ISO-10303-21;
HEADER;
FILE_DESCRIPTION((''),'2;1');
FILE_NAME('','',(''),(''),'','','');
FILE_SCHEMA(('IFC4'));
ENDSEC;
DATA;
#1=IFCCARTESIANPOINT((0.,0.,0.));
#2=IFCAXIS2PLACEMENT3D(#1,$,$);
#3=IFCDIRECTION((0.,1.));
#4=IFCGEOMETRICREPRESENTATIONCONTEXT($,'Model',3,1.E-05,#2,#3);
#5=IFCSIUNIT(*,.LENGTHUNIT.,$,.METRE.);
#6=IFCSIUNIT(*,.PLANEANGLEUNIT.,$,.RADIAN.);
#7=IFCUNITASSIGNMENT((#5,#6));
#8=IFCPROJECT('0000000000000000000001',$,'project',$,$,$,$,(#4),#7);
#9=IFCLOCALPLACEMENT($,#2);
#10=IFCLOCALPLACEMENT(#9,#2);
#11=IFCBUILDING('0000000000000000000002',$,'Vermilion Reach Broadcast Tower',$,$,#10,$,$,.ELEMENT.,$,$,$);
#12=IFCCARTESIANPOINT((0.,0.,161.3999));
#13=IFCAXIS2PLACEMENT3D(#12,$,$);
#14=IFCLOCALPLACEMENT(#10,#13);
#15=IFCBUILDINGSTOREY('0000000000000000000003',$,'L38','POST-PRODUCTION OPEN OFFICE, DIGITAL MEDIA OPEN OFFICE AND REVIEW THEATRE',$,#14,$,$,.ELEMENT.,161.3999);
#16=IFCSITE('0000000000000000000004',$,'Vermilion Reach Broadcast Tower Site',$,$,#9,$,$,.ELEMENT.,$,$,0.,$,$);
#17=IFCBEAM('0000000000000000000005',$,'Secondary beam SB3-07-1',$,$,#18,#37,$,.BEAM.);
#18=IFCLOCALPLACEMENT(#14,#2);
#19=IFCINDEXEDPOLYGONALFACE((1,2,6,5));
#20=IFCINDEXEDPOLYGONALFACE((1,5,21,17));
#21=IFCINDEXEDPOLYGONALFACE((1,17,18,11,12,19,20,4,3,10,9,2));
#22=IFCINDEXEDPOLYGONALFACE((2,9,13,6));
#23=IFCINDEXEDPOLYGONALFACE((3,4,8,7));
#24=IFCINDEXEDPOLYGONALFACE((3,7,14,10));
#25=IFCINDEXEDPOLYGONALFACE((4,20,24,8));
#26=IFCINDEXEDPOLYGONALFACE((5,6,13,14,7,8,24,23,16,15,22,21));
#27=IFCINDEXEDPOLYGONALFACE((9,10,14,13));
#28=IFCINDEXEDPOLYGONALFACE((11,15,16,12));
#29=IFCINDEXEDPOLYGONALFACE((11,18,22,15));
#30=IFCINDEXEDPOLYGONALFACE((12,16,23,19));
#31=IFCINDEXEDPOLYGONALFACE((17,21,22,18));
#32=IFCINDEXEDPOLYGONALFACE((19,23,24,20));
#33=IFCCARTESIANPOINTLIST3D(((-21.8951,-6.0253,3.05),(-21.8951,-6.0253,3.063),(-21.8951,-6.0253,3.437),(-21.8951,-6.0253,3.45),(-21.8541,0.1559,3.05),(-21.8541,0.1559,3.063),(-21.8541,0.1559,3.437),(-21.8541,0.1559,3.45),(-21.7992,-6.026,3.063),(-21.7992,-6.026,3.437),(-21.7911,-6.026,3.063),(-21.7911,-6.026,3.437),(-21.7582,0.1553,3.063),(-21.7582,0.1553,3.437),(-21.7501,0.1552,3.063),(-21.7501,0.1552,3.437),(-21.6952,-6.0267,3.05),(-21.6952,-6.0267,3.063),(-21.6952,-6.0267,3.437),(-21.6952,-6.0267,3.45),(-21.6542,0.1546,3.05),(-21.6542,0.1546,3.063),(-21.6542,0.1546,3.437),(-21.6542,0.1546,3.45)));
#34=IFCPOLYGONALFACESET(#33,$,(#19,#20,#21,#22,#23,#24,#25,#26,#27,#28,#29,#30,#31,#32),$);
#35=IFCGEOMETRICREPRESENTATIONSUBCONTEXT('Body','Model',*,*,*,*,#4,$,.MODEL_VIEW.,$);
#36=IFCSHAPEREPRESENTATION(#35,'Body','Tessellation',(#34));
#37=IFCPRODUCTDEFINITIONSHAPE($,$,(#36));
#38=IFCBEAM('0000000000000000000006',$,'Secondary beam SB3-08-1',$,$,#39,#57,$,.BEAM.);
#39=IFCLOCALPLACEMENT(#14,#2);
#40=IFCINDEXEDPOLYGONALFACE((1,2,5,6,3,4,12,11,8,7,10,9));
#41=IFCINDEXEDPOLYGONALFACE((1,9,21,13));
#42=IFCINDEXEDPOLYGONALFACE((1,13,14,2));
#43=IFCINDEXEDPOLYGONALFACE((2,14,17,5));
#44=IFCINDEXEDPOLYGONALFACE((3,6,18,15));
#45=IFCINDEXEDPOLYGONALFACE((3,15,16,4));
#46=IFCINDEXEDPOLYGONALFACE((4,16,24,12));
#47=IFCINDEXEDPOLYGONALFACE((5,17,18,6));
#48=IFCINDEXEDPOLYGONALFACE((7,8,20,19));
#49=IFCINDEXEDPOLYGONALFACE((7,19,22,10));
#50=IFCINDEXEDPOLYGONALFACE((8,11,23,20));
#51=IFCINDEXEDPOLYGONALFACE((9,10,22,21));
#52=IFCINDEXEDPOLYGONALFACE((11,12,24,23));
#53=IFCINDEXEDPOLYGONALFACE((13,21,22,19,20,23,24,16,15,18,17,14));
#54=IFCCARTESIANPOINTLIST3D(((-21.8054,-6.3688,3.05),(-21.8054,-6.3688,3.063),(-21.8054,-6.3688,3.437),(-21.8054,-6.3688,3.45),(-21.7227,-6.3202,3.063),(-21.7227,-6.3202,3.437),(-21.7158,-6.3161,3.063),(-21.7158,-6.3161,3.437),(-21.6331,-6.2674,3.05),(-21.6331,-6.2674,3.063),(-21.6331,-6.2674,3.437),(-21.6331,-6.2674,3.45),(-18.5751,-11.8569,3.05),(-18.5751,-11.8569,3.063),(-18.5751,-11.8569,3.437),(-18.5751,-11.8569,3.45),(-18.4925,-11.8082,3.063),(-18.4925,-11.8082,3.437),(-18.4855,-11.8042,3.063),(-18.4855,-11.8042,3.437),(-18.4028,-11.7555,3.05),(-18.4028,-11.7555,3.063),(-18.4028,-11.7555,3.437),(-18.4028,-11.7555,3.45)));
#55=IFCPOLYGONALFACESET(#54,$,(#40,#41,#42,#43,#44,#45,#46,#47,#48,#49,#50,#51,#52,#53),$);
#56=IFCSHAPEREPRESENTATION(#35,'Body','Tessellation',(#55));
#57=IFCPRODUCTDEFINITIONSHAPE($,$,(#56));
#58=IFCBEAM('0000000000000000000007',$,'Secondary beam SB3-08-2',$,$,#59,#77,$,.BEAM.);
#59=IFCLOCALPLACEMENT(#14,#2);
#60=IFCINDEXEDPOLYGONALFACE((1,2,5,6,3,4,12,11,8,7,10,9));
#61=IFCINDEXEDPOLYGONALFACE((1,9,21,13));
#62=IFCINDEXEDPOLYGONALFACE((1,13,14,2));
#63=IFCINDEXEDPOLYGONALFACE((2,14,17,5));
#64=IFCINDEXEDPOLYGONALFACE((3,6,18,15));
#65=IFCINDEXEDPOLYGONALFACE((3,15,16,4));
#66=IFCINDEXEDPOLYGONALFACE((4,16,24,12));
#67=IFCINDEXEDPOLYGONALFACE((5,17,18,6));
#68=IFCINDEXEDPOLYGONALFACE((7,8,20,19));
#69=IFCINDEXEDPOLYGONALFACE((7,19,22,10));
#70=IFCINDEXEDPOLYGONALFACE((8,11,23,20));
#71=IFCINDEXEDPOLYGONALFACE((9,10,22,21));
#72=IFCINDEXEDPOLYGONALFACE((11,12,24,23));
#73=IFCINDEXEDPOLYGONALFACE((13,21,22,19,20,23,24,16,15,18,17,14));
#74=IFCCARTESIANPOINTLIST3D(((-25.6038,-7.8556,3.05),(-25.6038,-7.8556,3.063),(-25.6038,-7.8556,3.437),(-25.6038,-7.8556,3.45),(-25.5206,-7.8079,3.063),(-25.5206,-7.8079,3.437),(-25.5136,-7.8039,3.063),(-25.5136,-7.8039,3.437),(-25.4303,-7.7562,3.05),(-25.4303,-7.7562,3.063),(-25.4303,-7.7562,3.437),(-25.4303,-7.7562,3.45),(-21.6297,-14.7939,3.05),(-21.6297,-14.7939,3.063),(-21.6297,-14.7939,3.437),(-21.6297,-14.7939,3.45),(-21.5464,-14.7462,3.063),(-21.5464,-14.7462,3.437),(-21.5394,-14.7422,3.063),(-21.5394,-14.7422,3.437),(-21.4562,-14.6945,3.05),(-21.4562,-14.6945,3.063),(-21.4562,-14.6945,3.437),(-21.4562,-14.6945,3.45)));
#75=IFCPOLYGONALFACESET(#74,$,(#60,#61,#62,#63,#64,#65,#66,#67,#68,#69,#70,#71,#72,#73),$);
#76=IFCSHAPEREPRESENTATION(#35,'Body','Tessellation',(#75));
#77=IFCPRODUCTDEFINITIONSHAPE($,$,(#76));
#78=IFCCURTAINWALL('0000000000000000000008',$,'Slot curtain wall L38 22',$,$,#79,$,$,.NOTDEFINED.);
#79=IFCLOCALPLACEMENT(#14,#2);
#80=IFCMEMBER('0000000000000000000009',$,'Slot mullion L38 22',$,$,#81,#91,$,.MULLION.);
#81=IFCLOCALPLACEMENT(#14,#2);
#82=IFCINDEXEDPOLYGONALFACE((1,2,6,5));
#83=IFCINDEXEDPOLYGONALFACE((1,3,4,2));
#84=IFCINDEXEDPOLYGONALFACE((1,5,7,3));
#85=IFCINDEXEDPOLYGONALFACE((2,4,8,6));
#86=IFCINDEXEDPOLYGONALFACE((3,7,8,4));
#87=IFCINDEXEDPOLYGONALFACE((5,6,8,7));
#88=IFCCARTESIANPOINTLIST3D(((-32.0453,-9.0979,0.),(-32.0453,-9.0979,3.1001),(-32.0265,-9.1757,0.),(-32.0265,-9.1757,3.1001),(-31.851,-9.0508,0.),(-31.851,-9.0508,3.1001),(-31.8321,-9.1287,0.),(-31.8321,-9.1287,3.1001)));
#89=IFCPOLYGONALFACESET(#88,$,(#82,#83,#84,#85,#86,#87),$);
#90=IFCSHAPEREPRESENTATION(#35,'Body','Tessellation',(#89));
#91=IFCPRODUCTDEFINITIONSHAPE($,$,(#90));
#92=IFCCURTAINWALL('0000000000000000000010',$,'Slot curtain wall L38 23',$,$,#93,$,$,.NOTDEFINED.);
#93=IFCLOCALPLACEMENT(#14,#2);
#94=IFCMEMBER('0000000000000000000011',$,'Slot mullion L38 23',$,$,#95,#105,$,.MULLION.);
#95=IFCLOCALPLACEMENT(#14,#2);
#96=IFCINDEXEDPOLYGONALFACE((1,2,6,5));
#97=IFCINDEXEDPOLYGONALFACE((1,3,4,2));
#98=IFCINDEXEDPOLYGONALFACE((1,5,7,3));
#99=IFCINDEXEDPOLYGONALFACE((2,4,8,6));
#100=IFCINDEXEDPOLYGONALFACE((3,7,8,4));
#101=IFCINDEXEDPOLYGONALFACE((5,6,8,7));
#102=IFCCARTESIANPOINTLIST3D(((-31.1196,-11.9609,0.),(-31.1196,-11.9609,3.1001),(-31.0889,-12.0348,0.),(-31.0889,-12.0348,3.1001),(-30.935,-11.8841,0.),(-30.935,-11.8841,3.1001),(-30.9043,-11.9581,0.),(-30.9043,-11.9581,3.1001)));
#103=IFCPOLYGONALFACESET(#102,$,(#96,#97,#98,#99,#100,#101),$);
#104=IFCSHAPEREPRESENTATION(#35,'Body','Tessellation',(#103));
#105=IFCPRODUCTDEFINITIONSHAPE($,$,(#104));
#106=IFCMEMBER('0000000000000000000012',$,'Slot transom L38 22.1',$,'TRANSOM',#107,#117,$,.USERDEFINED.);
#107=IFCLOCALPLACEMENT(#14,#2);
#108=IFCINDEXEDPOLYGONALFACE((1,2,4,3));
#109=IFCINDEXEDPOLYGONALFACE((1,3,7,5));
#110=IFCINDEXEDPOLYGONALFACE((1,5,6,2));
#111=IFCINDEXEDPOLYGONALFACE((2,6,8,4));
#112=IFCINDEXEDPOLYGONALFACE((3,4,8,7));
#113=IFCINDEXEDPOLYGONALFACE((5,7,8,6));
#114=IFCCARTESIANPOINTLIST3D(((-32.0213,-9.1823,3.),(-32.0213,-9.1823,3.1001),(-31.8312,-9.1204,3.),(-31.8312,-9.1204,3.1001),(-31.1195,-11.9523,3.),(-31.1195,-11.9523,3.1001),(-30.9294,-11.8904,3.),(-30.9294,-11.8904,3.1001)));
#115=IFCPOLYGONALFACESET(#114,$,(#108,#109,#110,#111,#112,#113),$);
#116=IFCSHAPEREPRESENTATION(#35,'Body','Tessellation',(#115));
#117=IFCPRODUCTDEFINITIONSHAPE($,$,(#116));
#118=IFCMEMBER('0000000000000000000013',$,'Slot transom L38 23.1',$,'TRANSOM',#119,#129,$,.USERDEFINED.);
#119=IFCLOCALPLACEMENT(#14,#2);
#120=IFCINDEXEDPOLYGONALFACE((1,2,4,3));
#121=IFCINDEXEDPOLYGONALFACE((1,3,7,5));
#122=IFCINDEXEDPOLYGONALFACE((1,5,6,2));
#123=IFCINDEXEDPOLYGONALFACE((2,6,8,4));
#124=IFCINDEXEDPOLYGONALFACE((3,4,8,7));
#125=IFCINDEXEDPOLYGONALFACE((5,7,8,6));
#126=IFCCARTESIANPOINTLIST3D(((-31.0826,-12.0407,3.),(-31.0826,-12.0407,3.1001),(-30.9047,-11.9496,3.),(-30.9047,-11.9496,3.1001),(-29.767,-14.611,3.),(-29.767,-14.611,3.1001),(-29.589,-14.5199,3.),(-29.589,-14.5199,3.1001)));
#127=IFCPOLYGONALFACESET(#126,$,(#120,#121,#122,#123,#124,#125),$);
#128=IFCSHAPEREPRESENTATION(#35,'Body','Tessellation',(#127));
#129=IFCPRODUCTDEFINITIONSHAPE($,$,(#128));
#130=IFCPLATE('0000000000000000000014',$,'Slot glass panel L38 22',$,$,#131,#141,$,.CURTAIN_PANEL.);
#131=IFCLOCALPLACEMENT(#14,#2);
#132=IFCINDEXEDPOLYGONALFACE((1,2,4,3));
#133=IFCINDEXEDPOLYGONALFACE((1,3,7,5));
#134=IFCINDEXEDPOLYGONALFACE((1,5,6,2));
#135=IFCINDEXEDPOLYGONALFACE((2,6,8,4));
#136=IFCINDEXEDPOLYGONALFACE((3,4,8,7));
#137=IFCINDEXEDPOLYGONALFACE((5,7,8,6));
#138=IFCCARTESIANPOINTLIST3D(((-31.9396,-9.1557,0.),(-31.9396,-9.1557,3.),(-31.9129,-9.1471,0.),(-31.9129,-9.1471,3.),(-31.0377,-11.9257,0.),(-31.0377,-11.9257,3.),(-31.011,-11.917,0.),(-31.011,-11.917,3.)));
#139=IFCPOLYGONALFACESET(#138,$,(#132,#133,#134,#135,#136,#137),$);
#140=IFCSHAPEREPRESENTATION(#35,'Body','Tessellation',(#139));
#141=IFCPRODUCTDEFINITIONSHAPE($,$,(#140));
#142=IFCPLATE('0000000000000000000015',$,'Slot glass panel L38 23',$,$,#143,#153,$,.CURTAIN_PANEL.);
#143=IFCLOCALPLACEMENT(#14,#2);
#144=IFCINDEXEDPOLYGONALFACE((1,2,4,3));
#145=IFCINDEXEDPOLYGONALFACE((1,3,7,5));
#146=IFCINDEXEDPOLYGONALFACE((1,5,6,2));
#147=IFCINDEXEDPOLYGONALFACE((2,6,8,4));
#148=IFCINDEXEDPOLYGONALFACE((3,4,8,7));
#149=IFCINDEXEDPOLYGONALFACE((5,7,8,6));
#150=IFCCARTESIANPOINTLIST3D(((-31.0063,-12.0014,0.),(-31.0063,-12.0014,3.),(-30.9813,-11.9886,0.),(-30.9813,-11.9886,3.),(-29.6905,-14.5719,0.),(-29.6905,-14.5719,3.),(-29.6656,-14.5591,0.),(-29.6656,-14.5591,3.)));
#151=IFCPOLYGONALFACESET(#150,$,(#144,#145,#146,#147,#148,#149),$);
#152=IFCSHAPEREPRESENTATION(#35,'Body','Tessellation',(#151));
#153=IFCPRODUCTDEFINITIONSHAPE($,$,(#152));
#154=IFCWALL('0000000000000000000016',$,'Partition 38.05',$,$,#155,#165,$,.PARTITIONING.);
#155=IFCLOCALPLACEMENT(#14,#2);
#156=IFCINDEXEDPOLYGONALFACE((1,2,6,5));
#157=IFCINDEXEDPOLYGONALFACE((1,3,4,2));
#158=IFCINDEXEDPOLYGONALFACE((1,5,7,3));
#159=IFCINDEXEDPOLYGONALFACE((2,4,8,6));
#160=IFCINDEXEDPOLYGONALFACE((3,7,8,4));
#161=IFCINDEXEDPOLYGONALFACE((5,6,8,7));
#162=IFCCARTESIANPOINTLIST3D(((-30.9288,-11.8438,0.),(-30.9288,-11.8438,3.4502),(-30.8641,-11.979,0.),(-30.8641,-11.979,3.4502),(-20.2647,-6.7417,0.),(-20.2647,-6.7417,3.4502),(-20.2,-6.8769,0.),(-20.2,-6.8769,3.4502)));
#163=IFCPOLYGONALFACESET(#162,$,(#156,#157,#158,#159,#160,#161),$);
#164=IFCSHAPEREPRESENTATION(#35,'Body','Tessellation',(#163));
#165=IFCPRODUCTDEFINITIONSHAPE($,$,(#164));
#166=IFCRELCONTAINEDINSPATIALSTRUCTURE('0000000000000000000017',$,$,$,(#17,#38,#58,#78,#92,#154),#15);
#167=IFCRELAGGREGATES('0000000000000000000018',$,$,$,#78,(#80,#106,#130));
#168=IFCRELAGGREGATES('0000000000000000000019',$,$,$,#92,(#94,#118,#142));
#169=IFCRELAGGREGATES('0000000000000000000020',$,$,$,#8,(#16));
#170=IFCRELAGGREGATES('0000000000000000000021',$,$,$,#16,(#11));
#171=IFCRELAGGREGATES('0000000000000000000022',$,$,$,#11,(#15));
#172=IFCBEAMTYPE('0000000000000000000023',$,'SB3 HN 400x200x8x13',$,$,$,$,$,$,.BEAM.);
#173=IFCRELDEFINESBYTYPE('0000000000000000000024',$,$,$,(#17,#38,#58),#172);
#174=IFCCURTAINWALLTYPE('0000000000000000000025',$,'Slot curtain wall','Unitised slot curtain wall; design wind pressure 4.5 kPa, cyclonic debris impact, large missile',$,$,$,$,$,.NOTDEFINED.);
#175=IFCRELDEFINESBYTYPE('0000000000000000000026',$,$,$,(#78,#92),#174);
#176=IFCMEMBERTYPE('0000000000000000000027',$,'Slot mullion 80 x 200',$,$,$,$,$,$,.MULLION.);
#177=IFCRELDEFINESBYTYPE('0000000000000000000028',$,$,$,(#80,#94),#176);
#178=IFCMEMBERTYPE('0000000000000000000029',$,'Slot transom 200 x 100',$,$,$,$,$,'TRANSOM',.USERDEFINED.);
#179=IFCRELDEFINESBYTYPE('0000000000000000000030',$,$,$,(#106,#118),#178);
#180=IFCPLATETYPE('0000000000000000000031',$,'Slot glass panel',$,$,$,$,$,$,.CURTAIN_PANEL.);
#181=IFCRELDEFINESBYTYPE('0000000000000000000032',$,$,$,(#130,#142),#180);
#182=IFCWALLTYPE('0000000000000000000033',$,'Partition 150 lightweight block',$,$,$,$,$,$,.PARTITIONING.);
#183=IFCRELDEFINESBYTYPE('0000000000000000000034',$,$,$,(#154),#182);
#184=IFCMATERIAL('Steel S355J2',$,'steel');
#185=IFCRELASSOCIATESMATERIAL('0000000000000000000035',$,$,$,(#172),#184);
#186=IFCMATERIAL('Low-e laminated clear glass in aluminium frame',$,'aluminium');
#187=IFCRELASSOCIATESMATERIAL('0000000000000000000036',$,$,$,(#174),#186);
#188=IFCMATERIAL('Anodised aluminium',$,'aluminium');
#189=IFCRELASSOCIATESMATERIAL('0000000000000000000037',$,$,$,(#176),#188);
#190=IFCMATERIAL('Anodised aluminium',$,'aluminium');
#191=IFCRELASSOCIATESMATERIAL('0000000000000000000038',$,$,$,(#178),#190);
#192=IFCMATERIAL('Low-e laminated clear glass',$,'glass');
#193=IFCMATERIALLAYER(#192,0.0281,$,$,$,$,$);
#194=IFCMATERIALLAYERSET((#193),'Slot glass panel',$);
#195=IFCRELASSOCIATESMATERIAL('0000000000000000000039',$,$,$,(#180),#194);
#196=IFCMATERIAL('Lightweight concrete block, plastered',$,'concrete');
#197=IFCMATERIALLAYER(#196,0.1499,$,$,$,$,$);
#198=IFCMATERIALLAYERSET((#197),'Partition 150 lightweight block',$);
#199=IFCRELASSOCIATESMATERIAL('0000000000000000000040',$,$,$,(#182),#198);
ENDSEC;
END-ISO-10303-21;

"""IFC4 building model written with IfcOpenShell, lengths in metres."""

from ifc_helpers import new_model, si_unit, direction, frame, frame_2d, origin, origin_2d, place, context, subcontext, project, spatial, rectangle, i_section, extrude, material, layer, layer_set, material_profile, profile_set, type_object, element, aggregate, save


model = new_model("IFC4")

# Units and contexts
model_context = context("Model", 3, precision=1e-05, world=origin(), true_north=direction((0.0, 1.0)))
body_context = subcontext(model_context, "Body", "Model", "MODEL_VIEW")
ifc_project = project(units=[si_unit("LENGTHUNIT", "METRE"), si_unit("PLANEANGLEUNIT", "RADIAN")], contexts=[model_context])

# Site, building, storey
site_placement = place(None, origin())
site = spatial("IfcSite", under=ifc_project, at=site_placement, Name="Vermilion Reach Broadcast Tower Site", CompositionType="ELEMENT", RefElevation=0.0)
building_placement = place(site_placement, origin())
building = spatial("IfcBuilding", under=site, at=building_placement, Name="Vermilion Reach Broadcast Tower", CompositionType="ELEMENT")
storey_placement = place(building_placement, frame((0.0, 0.0, 161.3999)))
storey = spatial("IfcBuildingStorey", under=building, at=storey_placement, Name="L38", Description="POST-PRODUCTION OPEN OFFICE, DIGITAL MEDIA OPEN OFFICE AND REVIEW THEATRE", CompositionType="ELEMENT", Elevation=161.3999)

# Beams
ifc_material_1 = material(Name="Steel S355J2", Category="steel")
ifc_material_profile_1 = material_profile(ifc_material_1, i_section(OverallWidth=0.2, OverallDepth=0.3999, WebThickness=0.0081, FlangeThickness=0.0129, at=origin_2d()), Name="S355J2 HN 400x200x8x13")
ifc_profile_set_1 = profile_set([ifc_material_profile_1], Name="Steel S355J2")
beam_type_1 = type_object("IfcBeamType", Name="SB3 HN 400x200x8x13", PredefinedType="BEAM", material=ifc_profile_set_1)
beam_1_placement = place(storey_placement, frame((-21.7542, 0.1553, 3.25), z_axis=(-0.006635, -0.999978, 0.0), x_axis=(0.999978, -0.006635, 0.0)))
element("IfcBeam", 1, at=beam_1_placement, inside=storey, type_object=beam_type_1, Name="Secondary beam SB3-07-1", PredefinedType="BEAM", context=body_context, shape_type="SweptSolid", body=[
    extrude(i_section(OverallWidth=0.2, OverallDepth=0.3999, WebThickness=0.0081, FlangeThickness=0.0129, at=origin_2d()), origin(), (0.0, 0.0, 1.0), 6.1814),
])
beam_2_placement = place(storey_placement, frame((-21.7192, -6.3181, 3.25), z_axis=(0.50725, -0.861799, 0.0), x_axis=(0.861799, 0.50725, 0.0)))
element("IfcBeam", 2, at=beam_2_placement, inside=storey, type_object=beam_type_1, Name="Secondary beam SB3-08-1", PredefinedType="BEAM", context=body_context, shape_type="SweptSolid", body=[
    extrude(i_section(OverallWidth=0.2, OverallDepth=0.3999, WebThickness=0.0081, FlangeThickness=0.0129, at=origin_2d()), origin(), (0.0, 0.0, 1.0), 6.3682),
])
beam_3_placement = place(storey_placement, frame((-25.5171, -7.8059, 3.25), z_axis=(0.497027, -0.867735, 0.0), x_axis=(0.867735, 0.497027, 0.0)))
element("IfcBeam", 3, at=beam_3_placement, inside=storey, type_object=beam_type_1, Name="Secondary beam SB3-08-2", PredefinedType="BEAM", context=body_context, shape_type="SweptSolid", body=[
    extrude(i_section(OverallWidth=0.2, OverallDepth=0.3999, WebThickness=0.0081, FlangeThickness=0.0129, at=origin_2d()), origin(), (0.0, 0.0, 1.0), 7.9958),
])

# Curtain walls, members
ifc_material_2 = material(Name="Low-e laminated clear glass in aluminium frame", Category="aluminium")
curtain_wall_type = type_object("IfcCurtainWallType", Name="Slot curtain wall", Description="Unitised slot curtain wall; design wind pressure 4.5 kPa, cyclonic debris impact, large missile", PredefinedType="NOTDEFINED", material=ifc_material_2)
placement = place(storey_placement, origin())
curtain_wall_1 = element("IfcCurtainWall", 4, at=placement, inside=storey, type_object=curtain_wall_type, Name="Slot curtain wall L38 22", PredefinedType="NOTDEFINED")
ifc_material_3 = material(Name="Anodised aluminium", Category="aluminium")
ifc_material_profile_2 = material_profile(ifc_material_3, rectangle(XDim=0.2, YDim=0.0801, at=origin_2d()), Name="Slot mullion 80 x 200")
ifc_profile_set_2 = profile_set([ifc_material_profile_2], Name="Anodised aluminium")
member_type_1 = type_object("IfcMemberType", Name="Slot mullion 80 x 200", PredefinedType="MULLION", material=ifc_profile_set_2)
member_1_placement = place(storey_placement, frame((-31.9387, -9.1133, 0.0), z_axis=(0.0, 0.0, 1.0), x_axis=(0.971934, 0.235253, 0.0)))
member_1 = element("IfcMember", 5, at=member_1_placement, type_object=member_type_1, Name="Slot mullion L38 22", PredefinedType="MULLION", context=body_context, shape_type="SweptSolid", body=[
    extrude(rectangle(XDim=0.2, YDim=0.0801, at=origin_2d()), origin(), (0.0, 0.0, 1.0), 3.1001),
])
curtain_wall_2 = element("IfcCurtainWall", 6, at=placement, inside=storey, type_object=curtain_wall_type, Name="Slot curtain wall L38 23", PredefinedType="NOTDEFINED")
member_2_placement = place(storey_placement, frame((-31.012, -11.9595, 0.0), z_axis=(0.0, 0.0, 1.0), x_axis=(0.923404, 0.38383, 0.0)))
member_2 = element("IfcMember", 7, at=member_2_placement, type_object=member_type_1, Name="Slot mullion L38 23", PredefinedType="MULLION", context=body_context, shape_type="SweptSolid", body=[
    extrude(rectangle(XDim=0.2, YDim=0.0801, at=origin_2d()), origin(), (0.0, 0.0, 1.0), 3.1001),
])

# Members
ifc_material_4 = material(Name="Anodised aluminium", Category="aluminium")
ifc_material_profile_3 = material_profile(ifc_material_4, rectangle(XDim=0.2, YDim=0.1001, at=origin_2d()), Name="Slot transom 200 x 100")
ifc_profile_set_3 = profile_set([ifc_material_profile_3], Name="Anodised aluminium")
member_type_2 = type_object("IfcMemberType", Name="Slot transom 200 x 100", ElementType="TRANSOM", PredefinedType="USERDEFINED", material=ifc_profile_set_3)
member_3_placement = place(storey_placement, frame((-31.9263, -9.1514, 3.05), z_axis=(0.309583, -0.950873, 0.0), x_axis=(0.950873, 0.309583, 0.0)))
member_3 = element("IfcMember", 8, at=member_3_placement, type_object=member_type_2, Name="Slot transom L38 22.1", ObjectType="TRANSOM", PredefinedType="USERDEFINED", context=body_context, shape_type="SweptSolid", body=[
    extrude(rectangle(XDim=0.2, YDim=0.1001, at=origin_2d()), origin(), (0.0, 0.0, 1.0), 2.9131),
])
member_4_placement = place(storey_placement, frame((-30.9937, -11.9951, 3.05), z_axis=(0.455649, -0.89016, 0.0), x_axis=(0.89016, 0.455649, 0.0)))
member_4 = element("IfcMember", 9, at=member_4_placement, type_object=member_type_2, Name="Slot transom L38 23.1", ObjectType="TRANSOM", PredefinedType="USERDEFINED", context=body_context, shape_type="SweptSolid", body=[
    extrude(rectangle(XDim=0.2, YDim=0.1001, at=origin_2d()), origin(), (0.0, 0.0, 1.0), 2.8875),
])

# Plates
ifc_material_5 = material(Name="Low-e laminated clear glass", Category="glass")
ifc_layer_1 = layer(ifc_material_5, 0.0281)
ifc_layer_set_1 = layer_set([ifc_layer_1], Name="Slot glass panel")
plate_type = type_object("IfcPlateType", Name="Slot glass panel", PredefinedType="CURTAIN_PANEL", material=ifc_layer_set_1)
plate_1_placement = place(storey_placement, frame((-31.4753, -10.5364, 0.0), z_axis=(0.0, 0.0, 1.0), x_axis=(0.309606, -0.950865, 0.0)))
plate_1 = element("IfcPlate", 10, at=plate_1_placement, type_object=plate_type, Name="Slot glass panel L38 22", PredefinedType="CURTAIN_PANEL", context=body_context, shape_type="SweptSolid", body=[
    extrude(rectangle(XDim=2.9131, YDim=0.0281, at=origin_2d()), origin(), (0.0, 0.0, 1.0), 3.0),
])
aggregate(curtain_wall_1, [member_1, member_3, plate_1])
plate_2_placement = place(storey_placement, frame((-30.3359, -13.2803, 0.0), z_axis=(0.0, 0.0, 1.0), x_axis=(0.45565, -0.890159, 0.0)))
plate_2 = element("IfcPlate", 11, at=plate_2_placement, type_object=plate_type, Name="Slot glass panel L38 23", PredefinedType="CURTAIN_PANEL", context=body_context, shape_type="SweptSolid", body=[
    extrude(rectangle(XDim=2.8877, YDim=0.0281, at=origin_2d()), origin(), (0.0, 0.0, 1.0), 3.0),
])
aggregate(curtain_wall_2, [member_2, member_4, plate_2])

# Wall
ifc_material_6 = material(Name="Lightweight concrete block, plastered", Category="concrete")
ifc_layer_2 = layer(ifc_material_6, 0.1499)
ifc_layer_set_2 = layer_set([ifc_layer_2], Name="Partition 150 lightweight block")
wall_type_1 = type_object("IfcWallType", Name="Partition 150 lightweight block", PredefinedType="PARTITIONING", material=ifc_layer_set_2)
wall_1_placement = place(storey_placement, frame((-30.8965, -11.9114, 0.0), z_axis=(0.0, 0.0, 1.0), x_axis=(0.902073, 0.431583, 0.0)))
element("IfcWall", 12, at=wall_1_placement, inside=storey, type_object=wall_type_1, Name="Partition 38.05", PredefinedType="PARTITIONING", context=body_context, shape_type="SweptSolid", body=[
    extrude(rectangle(XDim=11.8218, YDim=0.1499, at=frame_2d((5.9109, 0.0))), origin(), (0.0, 0.0, 1.0), 3.4502),
])

save(model, "model.ifc")
